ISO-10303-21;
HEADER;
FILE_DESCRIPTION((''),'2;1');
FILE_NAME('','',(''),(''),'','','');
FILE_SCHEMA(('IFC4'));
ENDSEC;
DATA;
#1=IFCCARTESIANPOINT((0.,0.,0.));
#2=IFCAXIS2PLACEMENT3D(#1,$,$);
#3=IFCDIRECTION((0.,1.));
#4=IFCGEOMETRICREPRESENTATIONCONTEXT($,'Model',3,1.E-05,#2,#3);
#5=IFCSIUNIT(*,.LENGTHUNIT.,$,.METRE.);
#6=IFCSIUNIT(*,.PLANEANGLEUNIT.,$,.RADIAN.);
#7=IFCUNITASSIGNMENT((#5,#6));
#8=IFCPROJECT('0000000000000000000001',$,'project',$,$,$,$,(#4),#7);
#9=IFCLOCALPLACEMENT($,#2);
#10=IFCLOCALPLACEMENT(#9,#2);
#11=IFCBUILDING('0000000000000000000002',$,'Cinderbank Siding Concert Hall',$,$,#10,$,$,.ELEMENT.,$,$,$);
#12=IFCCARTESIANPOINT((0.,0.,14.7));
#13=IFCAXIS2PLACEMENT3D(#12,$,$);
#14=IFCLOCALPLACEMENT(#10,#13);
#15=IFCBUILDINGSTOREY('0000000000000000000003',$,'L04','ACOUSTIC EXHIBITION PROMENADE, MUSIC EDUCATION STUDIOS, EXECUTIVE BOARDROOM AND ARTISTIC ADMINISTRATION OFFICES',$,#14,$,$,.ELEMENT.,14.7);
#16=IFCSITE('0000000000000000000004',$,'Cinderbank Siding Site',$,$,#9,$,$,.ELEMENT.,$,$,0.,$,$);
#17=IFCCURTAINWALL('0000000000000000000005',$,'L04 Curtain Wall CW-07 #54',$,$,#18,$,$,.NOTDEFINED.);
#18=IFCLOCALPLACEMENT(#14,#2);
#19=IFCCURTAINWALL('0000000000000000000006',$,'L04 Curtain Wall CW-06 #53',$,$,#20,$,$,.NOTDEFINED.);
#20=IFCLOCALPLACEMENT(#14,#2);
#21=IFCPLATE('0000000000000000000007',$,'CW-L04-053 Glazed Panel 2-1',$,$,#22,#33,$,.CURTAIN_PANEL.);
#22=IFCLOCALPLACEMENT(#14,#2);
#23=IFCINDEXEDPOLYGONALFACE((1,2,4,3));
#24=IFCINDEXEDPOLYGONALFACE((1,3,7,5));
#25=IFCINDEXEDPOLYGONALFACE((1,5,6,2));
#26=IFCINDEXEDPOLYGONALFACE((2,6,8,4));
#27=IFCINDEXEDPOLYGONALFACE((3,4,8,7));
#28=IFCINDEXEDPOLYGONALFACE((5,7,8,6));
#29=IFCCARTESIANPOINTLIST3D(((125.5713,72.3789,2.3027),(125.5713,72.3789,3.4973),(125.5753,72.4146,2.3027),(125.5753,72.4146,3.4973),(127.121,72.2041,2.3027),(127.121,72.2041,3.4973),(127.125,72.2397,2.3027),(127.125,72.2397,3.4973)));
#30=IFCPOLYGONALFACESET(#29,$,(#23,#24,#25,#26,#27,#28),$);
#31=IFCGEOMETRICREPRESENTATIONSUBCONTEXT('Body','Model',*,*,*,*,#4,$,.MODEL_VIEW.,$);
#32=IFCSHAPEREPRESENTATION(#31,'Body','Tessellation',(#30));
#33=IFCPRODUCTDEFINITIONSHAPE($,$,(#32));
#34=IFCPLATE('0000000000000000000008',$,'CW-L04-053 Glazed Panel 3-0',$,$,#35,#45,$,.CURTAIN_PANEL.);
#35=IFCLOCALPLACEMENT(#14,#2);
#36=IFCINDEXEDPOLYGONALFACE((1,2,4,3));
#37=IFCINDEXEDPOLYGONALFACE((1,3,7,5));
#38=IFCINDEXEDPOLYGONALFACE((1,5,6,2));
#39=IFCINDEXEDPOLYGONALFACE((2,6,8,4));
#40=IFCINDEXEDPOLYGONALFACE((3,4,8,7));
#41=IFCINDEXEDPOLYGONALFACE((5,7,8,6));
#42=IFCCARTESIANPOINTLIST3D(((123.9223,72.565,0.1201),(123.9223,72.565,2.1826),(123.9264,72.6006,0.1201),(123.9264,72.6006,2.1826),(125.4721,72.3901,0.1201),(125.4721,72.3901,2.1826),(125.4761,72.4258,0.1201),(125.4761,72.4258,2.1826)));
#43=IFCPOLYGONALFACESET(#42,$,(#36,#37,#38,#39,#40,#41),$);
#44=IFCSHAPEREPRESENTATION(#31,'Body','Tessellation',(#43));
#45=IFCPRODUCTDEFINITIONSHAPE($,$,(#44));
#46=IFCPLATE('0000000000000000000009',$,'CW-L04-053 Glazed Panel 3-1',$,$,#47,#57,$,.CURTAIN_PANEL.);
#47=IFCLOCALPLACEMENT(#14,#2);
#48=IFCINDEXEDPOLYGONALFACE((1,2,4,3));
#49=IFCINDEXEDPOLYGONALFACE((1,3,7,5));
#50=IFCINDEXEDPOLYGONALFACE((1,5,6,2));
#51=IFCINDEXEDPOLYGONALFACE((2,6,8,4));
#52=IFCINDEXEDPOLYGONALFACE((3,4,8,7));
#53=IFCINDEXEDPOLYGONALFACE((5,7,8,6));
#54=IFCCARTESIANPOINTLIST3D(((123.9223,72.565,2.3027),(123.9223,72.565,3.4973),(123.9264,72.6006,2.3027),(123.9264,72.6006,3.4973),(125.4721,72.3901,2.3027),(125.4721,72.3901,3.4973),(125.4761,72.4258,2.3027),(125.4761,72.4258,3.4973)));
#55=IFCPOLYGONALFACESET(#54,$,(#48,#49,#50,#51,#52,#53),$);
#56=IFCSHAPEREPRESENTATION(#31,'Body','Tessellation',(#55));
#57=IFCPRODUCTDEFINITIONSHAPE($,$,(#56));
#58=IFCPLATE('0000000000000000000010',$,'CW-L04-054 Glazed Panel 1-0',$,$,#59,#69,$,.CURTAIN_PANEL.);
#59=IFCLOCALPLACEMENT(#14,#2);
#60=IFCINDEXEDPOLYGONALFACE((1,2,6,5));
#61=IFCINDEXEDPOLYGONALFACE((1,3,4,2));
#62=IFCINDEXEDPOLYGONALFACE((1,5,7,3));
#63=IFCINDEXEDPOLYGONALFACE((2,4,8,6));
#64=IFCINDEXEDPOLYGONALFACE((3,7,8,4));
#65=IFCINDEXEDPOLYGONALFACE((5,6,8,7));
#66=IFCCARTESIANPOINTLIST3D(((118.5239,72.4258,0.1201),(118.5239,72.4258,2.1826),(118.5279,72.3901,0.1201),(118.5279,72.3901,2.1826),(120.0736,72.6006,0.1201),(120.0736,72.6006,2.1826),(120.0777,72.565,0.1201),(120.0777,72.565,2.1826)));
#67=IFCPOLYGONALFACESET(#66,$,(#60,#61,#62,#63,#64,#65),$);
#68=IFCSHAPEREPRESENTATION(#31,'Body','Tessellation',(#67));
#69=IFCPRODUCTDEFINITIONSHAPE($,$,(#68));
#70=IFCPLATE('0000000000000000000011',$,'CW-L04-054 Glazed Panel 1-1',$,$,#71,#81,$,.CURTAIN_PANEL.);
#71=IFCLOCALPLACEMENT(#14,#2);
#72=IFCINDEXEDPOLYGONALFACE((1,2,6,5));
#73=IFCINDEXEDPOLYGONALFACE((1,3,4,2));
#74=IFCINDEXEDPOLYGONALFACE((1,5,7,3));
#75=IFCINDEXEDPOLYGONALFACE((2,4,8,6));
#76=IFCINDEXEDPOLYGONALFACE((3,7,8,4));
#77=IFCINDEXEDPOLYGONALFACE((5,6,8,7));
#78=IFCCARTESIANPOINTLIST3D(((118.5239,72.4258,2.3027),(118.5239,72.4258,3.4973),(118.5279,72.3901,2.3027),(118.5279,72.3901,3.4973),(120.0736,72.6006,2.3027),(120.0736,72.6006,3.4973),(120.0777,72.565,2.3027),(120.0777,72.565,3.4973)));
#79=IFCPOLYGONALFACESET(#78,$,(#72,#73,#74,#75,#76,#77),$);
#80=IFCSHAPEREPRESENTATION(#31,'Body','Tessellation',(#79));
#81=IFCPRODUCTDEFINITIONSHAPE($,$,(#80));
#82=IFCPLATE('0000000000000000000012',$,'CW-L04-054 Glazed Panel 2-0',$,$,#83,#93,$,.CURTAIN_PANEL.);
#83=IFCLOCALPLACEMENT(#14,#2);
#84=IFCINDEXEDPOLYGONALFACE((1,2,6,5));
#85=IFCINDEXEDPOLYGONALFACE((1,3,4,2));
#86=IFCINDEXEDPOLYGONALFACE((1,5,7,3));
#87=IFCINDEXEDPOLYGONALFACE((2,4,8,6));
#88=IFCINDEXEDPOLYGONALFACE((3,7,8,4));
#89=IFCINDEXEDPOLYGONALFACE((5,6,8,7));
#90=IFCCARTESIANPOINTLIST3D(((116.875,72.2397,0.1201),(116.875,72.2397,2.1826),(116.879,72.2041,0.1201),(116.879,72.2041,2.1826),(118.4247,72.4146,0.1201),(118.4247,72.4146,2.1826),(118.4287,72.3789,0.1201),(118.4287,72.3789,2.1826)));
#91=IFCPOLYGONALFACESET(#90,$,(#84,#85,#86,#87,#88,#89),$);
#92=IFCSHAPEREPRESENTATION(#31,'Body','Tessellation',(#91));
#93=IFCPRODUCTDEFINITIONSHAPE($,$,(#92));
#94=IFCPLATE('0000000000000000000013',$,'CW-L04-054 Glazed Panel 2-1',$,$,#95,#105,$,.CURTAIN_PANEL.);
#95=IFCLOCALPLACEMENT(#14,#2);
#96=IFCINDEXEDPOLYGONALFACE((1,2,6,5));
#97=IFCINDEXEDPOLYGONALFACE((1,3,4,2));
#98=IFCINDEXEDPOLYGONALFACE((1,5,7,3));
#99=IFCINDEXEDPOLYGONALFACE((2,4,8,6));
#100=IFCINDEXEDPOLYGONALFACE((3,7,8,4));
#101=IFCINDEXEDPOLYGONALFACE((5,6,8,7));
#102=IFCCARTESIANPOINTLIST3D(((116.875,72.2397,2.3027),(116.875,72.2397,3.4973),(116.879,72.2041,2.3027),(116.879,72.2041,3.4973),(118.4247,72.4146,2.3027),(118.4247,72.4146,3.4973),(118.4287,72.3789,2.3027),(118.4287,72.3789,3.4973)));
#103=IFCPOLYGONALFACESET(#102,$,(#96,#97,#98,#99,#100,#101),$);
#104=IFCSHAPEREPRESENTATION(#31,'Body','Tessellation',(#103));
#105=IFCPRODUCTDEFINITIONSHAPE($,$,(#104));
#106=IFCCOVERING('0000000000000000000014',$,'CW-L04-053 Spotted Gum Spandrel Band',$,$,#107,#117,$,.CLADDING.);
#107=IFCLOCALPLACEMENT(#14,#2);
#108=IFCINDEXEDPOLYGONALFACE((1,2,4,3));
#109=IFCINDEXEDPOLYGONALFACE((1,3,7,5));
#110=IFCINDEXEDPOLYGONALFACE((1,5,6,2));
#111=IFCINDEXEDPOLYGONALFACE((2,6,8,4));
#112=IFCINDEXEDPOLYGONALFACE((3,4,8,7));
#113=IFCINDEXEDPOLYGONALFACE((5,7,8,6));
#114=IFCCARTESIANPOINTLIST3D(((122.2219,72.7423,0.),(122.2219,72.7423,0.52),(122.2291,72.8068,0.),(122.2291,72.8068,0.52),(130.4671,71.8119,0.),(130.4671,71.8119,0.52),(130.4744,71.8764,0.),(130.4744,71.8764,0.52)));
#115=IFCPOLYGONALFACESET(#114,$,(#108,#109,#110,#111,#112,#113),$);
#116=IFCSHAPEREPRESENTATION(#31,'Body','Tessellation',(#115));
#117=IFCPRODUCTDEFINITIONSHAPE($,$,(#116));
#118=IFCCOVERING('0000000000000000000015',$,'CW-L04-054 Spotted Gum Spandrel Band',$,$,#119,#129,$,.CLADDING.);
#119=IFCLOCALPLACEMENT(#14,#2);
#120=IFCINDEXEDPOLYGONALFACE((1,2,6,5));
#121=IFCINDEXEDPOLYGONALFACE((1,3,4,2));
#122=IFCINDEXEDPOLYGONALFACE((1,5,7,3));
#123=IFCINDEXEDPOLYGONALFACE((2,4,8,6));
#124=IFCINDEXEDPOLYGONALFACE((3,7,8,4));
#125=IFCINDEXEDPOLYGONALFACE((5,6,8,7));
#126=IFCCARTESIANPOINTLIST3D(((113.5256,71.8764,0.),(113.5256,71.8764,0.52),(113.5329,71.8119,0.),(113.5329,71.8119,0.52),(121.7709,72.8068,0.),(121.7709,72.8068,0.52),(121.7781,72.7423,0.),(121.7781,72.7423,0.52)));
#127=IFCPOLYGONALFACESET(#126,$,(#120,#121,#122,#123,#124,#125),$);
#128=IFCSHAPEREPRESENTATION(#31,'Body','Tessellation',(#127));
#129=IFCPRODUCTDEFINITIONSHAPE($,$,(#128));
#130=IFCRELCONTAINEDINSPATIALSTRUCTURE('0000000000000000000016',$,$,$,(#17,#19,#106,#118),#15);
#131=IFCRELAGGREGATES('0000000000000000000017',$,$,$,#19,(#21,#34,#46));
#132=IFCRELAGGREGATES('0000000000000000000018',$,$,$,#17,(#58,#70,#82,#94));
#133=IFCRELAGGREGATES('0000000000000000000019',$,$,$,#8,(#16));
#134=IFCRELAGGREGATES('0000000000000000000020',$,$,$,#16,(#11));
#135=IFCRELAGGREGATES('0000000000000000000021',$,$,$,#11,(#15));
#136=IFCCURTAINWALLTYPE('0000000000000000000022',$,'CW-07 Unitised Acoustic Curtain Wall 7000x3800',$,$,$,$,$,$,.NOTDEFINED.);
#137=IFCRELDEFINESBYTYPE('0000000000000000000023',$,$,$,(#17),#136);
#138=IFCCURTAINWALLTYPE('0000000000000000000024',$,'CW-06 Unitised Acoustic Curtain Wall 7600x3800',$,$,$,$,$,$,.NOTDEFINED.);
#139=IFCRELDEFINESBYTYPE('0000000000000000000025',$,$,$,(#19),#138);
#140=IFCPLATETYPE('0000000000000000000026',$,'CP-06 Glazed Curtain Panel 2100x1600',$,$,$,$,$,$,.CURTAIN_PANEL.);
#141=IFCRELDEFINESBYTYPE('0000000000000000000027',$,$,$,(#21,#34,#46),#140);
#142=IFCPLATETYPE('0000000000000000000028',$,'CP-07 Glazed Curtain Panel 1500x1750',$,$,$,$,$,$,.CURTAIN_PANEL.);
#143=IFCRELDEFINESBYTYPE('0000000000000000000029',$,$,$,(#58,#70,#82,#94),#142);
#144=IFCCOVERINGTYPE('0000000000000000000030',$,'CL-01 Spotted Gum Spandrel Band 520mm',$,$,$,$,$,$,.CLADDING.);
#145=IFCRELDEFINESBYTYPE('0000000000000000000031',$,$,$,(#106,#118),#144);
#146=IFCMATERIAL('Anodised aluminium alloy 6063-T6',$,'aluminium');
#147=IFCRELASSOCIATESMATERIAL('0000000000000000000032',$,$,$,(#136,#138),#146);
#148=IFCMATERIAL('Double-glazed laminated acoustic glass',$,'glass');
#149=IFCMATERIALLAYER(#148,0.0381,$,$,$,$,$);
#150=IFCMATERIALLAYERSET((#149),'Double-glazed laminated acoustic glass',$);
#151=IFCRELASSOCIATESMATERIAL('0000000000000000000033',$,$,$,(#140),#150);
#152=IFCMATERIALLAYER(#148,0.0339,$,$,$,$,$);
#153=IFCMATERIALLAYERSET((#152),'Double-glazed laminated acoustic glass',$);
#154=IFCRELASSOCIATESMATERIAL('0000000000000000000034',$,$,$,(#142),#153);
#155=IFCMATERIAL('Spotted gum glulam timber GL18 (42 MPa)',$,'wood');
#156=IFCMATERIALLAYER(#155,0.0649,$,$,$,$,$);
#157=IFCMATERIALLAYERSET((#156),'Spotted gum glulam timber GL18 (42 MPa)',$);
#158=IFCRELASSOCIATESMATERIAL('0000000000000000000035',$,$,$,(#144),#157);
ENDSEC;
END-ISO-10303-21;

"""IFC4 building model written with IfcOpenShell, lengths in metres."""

from ifc_helpers import new_model, si_unit, direction, frame, origin, origin_2d, place, context, subcontext, project, spatial, rectangle, extrude, material, layer, layer_set, type_object, element, aggregate, save


model = new_model("IFC4")

# Units and contexts
model_context = context("Model", 3, precision=1e-05, world=origin(), true_north=direction((0.0, 1.0)))
body_context = subcontext(model_context, "Body", "Model", "MODEL_VIEW")
ifc_project = project(units=[si_unit("LENGTHUNIT", "METRE"), si_unit("PLANEANGLEUNIT", "RADIAN")], contexts=[model_context])

# Site, building, storey
site_placement = place(None, origin())
site = spatial("IfcSite", under=ifc_project, at=site_placement, Name="Cinderbank Siding Site", CompositionType="ELEMENT", RefElevation=0.0)
building_placement = place(site_placement, origin())
building = spatial("IfcBuilding", under=site, at=building_placement, Name="Cinderbank Siding Concert Hall", CompositionType="ELEMENT")
storey_placement = place(building_placement, frame((0.0, 0.0, 14.7)))
storey = spatial("IfcBuildingStorey", under=building, at=storey_placement, Name="L04", Description="ACOUSTIC EXHIBITION PROMENADE, MUSIC EDUCATION STUDIOS, EXECUTIVE BOARDROOM AND ARTISTIC ADMINISTRATION OFFICES", CompositionType="ELEMENT", Elevation=14.7)

# Curtain wall
ifc_material_1 = material(Name="Anodised aluminium alloy 6063-T6", Category="aluminium")
curtain_wall_type_1 = type_object("IfcCurtainWallType", Name="CW-07 Unitised Acoustic Curtain Wall 7000x3800", PredefinedType="NOTDEFINED", material=ifc_material_1)
curtain_wall_1_placement = place(storey_placement, origin())
curtain_wall_1 = element("IfcCurtainWall", 1, at=curtain_wall_1_placement, inside=storey, type_object=curtain_wall_type_1, Name="L04 Curtain Wall CW-07 #54", PredefinedType="NOTDEFINED")

# Curtain wall
curtain_wall_type_2 = type_object("IfcCurtainWallType", Name="CW-06 Unitised Acoustic Curtain Wall 7600x3800", PredefinedType="NOTDEFINED", material=ifc_material_1)
curtain_wall_2_placement = place(storey_placement, origin())
curtain_wall_2 = element("IfcCurtainWall", 2, at=curtain_wall_2_placement, inside=storey, type_object=curtain_wall_type_2, Name="L04 Curtain Wall CW-06 #53", PredefinedType="NOTDEFINED")

# Plates
ifc_material_2 = material(Name="Double-glazed laminated acoustic glass", Category="glass")
ifc_layer_1 = layer(ifc_material_2, 0.0381)
ifc_layer_set_1 = layer_set([ifc_layer_1], Name="Double-glazed laminated acoustic glass")
plate_type_1 = type_object("IfcPlateType", Name="CP-06 Glazed Curtain Panel 2100x1600", PredefinedType="CURTAIN_PANEL", material=ifc_layer_set_1)
plate_1_placement = place(storey_placement, frame((126.3481, 72.3093, 2.3027), z_axis=(0.0, 0.0, 1.0), x_axis=(-0.993694, 0.112129, 0.0)))
plate_1 = element("IfcPlate", 3, at=plate_1_placement, type_object=plate_type_1, Name="CW-L04-053 Glazed Panel 2-1", PredefinedType="CURTAIN_PANEL", context=body_context, shape_type="SweptSolid", body=[
    extrude(rectangle(XDim=1.5596, YDim=0.0359, at=origin_2d()), origin(), (0.0, 0.0, 1.0), 1.1946),
])
plate_2_placement = place(storey_placement, frame((124.6992, 72.4954, 0.1201), z_axis=(0.0, 0.0, 1.0), x_axis=(-0.993694, 0.112129, 0.0)))
plate_2 = element("IfcPlate", 4, at=plate_2_placement, type_object=plate_type_1, Name="CW-L04-053 Glazed Panel 3-0", PredefinedType="CURTAIN_PANEL", context=body_context, shape_type="SweptSolid", body=[
    extrude(rectangle(XDim=1.5596, YDim=0.0359, at=origin_2d()), origin(), (0.0, 0.0, 1.0), 2.0625),
])
plate_3_placement = place(storey_placement, frame((124.6992, 72.4954, 2.3027), z_axis=(0.0, 0.0, 1.0), x_axis=(-0.993694, 0.112129, 0.0)))
plate_3 = element("IfcPlate", 5, at=plate_3_placement, type_object=plate_type_1, Name="CW-L04-053 Glazed Panel 3-1", PredefinedType="CURTAIN_PANEL", context=body_context, shape_type="SweptSolid", body=[
    extrude(rectangle(XDim=1.5596, YDim=0.0359, at=origin_2d()), origin(), (0.0, 0.0, 1.0), 1.1946),
])
aggregate(curtain_wall_2, [plate_1, plate_2, plate_3])
ifc_layer_2 = layer(ifc_material_2, 0.0339)
ifc_layer_set_2 = layer_set([ifc_layer_2], Name="Double-glazed laminated acoustic glass")
plate_type_2 = type_object("IfcPlateType", Name="CP-07 Glazed Curtain Panel 1500x1750", PredefinedType="CURTAIN_PANEL", material=ifc_layer_set_2)
plate_4_placement = place(storey_placement, frame((119.3008, 72.4954, 0.1201), z_axis=(0.0, 0.0, 1.0), x_axis=(-0.993694, -0.112129, 0.0)))
plate_4 = element("IfcPlate", 6, at=plate_4_placement, type_object=plate_type_2, Name="CW-L04-054 Glazed Panel 1-0", PredefinedType="CURTAIN_PANEL", context=body_context, shape_type="SweptSolid", body=[
    extrude(rectangle(XDim=1.5596, YDim=0.0359, at=origin_2d()), origin(), (0.0, 0.0, 1.0), 2.0625),
])
plate_5_placement = place(storey_placement, frame((119.3008, 72.4954, 2.3027), z_axis=(0.0, 0.0, 1.0), x_axis=(-0.993694, -0.112129, 0.0)))
plate_5 = element("IfcPlate", 7, at=plate_5_placement, type_object=plate_type_2, Name="CW-L04-054 Glazed Panel 1-1", PredefinedType="CURTAIN_PANEL", context=body_context, shape_type="SweptSolid", body=[
    extrude(rectangle(XDim=1.5596, YDim=0.0359, at=origin_2d()), origin(), (0.0, 0.0, 1.0), 1.1946),
])
plate_6_placement = place(storey_placement, frame((117.6519, 72.3093, 0.1201), z_axis=(0.0, 0.0, 1.0), x_axis=(-0.993694, -0.112129, 0.0)))
plate_6 = element("IfcPlate", 8, at=plate_6_placement, type_object=plate_type_2, Name="CW-L04-054 Glazed Panel 2-0", PredefinedType="CURTAIN_PANEL", context=body_context, shape_type="SweptSolid", body=[
    extrude(rectangle(XDim=1.5596, YDim=0.0359, at=origin_2d()), origin(), (0.0, 0.0, 1.0), 2.0625),
])
plate_7_placement = place(storey_placement, frame((117.6519, 72.3093, 2.3027), z_axis=(0.0, 0.0, 1.0), x_axis=(-0.993694, -0.112129, 0.0)))
plate_7 = element("IfcPlate", 9, at=plate_7_placement, type_object=plate_type_2, Name="CW-L04-054 Glazed Panel 2-1", PredefinedType="CURTAIN_PANEL", context=body_context, shape_type="SweptSolid", body=[
    extrude(rectangle(XDim=1.5596, YDim=0.0359, at=origin_2d()), origin(), (0.0, 0.0, 1.0), 1.1946),
])
aggregate(curtain_wall_1, [plate_4, plate_5, plate_6, plate_7])

# Coverings
ifc_material_3 = material(Name="Spotted gum glulam timber GL18 (42 MPa)", Category="wood")
ifc_layer_3 = layer(ifc_material_3, 0.0649)
ifc_layer_set_3 = layer_set([ifc_layer_3], Name="Spotted gum glulam timber GL18 (42 MPa)")
covering_type = type_object("IfcCoveringType", Name="CL-01 Spotted Gum Spandrel Band 520mm", PredefinedType="CLADDING", material=ifc_layer_set_3)
for number, where, z_axis, x_axis, name in (
    (10, (126.3481, 72.3093, 0.0), (0.0, 0.0, 1.0), (-0.993694, 0.112129, 0.0), "CW-L04-053 Spotted Gum Spandrel Band"),
    (11, (117.6519, 72.3093, 0.0), (0.0, 0.0, 1.0), (-0.993694, -0.112129, 0.0), "CW-L04-054 Spotted Gum Spandrel Band"),
):
    element("IfcCovering", number, at=place(storey_placement, frame(where, z_axis=z_axis, x_axis=x_axis)), inside=storey, type_object=covering_type, Name=name, PredefinedType="CLADDING", context=body_context, shape_type="SweptSolid", body=[
        extrude(rectangle(XDim=8.2976, YDim=0.0649, at=origin_2d()), origin(), (0.0, 0.0, 1.0), 0.52),
    ])

save(model, "model.ifc")
